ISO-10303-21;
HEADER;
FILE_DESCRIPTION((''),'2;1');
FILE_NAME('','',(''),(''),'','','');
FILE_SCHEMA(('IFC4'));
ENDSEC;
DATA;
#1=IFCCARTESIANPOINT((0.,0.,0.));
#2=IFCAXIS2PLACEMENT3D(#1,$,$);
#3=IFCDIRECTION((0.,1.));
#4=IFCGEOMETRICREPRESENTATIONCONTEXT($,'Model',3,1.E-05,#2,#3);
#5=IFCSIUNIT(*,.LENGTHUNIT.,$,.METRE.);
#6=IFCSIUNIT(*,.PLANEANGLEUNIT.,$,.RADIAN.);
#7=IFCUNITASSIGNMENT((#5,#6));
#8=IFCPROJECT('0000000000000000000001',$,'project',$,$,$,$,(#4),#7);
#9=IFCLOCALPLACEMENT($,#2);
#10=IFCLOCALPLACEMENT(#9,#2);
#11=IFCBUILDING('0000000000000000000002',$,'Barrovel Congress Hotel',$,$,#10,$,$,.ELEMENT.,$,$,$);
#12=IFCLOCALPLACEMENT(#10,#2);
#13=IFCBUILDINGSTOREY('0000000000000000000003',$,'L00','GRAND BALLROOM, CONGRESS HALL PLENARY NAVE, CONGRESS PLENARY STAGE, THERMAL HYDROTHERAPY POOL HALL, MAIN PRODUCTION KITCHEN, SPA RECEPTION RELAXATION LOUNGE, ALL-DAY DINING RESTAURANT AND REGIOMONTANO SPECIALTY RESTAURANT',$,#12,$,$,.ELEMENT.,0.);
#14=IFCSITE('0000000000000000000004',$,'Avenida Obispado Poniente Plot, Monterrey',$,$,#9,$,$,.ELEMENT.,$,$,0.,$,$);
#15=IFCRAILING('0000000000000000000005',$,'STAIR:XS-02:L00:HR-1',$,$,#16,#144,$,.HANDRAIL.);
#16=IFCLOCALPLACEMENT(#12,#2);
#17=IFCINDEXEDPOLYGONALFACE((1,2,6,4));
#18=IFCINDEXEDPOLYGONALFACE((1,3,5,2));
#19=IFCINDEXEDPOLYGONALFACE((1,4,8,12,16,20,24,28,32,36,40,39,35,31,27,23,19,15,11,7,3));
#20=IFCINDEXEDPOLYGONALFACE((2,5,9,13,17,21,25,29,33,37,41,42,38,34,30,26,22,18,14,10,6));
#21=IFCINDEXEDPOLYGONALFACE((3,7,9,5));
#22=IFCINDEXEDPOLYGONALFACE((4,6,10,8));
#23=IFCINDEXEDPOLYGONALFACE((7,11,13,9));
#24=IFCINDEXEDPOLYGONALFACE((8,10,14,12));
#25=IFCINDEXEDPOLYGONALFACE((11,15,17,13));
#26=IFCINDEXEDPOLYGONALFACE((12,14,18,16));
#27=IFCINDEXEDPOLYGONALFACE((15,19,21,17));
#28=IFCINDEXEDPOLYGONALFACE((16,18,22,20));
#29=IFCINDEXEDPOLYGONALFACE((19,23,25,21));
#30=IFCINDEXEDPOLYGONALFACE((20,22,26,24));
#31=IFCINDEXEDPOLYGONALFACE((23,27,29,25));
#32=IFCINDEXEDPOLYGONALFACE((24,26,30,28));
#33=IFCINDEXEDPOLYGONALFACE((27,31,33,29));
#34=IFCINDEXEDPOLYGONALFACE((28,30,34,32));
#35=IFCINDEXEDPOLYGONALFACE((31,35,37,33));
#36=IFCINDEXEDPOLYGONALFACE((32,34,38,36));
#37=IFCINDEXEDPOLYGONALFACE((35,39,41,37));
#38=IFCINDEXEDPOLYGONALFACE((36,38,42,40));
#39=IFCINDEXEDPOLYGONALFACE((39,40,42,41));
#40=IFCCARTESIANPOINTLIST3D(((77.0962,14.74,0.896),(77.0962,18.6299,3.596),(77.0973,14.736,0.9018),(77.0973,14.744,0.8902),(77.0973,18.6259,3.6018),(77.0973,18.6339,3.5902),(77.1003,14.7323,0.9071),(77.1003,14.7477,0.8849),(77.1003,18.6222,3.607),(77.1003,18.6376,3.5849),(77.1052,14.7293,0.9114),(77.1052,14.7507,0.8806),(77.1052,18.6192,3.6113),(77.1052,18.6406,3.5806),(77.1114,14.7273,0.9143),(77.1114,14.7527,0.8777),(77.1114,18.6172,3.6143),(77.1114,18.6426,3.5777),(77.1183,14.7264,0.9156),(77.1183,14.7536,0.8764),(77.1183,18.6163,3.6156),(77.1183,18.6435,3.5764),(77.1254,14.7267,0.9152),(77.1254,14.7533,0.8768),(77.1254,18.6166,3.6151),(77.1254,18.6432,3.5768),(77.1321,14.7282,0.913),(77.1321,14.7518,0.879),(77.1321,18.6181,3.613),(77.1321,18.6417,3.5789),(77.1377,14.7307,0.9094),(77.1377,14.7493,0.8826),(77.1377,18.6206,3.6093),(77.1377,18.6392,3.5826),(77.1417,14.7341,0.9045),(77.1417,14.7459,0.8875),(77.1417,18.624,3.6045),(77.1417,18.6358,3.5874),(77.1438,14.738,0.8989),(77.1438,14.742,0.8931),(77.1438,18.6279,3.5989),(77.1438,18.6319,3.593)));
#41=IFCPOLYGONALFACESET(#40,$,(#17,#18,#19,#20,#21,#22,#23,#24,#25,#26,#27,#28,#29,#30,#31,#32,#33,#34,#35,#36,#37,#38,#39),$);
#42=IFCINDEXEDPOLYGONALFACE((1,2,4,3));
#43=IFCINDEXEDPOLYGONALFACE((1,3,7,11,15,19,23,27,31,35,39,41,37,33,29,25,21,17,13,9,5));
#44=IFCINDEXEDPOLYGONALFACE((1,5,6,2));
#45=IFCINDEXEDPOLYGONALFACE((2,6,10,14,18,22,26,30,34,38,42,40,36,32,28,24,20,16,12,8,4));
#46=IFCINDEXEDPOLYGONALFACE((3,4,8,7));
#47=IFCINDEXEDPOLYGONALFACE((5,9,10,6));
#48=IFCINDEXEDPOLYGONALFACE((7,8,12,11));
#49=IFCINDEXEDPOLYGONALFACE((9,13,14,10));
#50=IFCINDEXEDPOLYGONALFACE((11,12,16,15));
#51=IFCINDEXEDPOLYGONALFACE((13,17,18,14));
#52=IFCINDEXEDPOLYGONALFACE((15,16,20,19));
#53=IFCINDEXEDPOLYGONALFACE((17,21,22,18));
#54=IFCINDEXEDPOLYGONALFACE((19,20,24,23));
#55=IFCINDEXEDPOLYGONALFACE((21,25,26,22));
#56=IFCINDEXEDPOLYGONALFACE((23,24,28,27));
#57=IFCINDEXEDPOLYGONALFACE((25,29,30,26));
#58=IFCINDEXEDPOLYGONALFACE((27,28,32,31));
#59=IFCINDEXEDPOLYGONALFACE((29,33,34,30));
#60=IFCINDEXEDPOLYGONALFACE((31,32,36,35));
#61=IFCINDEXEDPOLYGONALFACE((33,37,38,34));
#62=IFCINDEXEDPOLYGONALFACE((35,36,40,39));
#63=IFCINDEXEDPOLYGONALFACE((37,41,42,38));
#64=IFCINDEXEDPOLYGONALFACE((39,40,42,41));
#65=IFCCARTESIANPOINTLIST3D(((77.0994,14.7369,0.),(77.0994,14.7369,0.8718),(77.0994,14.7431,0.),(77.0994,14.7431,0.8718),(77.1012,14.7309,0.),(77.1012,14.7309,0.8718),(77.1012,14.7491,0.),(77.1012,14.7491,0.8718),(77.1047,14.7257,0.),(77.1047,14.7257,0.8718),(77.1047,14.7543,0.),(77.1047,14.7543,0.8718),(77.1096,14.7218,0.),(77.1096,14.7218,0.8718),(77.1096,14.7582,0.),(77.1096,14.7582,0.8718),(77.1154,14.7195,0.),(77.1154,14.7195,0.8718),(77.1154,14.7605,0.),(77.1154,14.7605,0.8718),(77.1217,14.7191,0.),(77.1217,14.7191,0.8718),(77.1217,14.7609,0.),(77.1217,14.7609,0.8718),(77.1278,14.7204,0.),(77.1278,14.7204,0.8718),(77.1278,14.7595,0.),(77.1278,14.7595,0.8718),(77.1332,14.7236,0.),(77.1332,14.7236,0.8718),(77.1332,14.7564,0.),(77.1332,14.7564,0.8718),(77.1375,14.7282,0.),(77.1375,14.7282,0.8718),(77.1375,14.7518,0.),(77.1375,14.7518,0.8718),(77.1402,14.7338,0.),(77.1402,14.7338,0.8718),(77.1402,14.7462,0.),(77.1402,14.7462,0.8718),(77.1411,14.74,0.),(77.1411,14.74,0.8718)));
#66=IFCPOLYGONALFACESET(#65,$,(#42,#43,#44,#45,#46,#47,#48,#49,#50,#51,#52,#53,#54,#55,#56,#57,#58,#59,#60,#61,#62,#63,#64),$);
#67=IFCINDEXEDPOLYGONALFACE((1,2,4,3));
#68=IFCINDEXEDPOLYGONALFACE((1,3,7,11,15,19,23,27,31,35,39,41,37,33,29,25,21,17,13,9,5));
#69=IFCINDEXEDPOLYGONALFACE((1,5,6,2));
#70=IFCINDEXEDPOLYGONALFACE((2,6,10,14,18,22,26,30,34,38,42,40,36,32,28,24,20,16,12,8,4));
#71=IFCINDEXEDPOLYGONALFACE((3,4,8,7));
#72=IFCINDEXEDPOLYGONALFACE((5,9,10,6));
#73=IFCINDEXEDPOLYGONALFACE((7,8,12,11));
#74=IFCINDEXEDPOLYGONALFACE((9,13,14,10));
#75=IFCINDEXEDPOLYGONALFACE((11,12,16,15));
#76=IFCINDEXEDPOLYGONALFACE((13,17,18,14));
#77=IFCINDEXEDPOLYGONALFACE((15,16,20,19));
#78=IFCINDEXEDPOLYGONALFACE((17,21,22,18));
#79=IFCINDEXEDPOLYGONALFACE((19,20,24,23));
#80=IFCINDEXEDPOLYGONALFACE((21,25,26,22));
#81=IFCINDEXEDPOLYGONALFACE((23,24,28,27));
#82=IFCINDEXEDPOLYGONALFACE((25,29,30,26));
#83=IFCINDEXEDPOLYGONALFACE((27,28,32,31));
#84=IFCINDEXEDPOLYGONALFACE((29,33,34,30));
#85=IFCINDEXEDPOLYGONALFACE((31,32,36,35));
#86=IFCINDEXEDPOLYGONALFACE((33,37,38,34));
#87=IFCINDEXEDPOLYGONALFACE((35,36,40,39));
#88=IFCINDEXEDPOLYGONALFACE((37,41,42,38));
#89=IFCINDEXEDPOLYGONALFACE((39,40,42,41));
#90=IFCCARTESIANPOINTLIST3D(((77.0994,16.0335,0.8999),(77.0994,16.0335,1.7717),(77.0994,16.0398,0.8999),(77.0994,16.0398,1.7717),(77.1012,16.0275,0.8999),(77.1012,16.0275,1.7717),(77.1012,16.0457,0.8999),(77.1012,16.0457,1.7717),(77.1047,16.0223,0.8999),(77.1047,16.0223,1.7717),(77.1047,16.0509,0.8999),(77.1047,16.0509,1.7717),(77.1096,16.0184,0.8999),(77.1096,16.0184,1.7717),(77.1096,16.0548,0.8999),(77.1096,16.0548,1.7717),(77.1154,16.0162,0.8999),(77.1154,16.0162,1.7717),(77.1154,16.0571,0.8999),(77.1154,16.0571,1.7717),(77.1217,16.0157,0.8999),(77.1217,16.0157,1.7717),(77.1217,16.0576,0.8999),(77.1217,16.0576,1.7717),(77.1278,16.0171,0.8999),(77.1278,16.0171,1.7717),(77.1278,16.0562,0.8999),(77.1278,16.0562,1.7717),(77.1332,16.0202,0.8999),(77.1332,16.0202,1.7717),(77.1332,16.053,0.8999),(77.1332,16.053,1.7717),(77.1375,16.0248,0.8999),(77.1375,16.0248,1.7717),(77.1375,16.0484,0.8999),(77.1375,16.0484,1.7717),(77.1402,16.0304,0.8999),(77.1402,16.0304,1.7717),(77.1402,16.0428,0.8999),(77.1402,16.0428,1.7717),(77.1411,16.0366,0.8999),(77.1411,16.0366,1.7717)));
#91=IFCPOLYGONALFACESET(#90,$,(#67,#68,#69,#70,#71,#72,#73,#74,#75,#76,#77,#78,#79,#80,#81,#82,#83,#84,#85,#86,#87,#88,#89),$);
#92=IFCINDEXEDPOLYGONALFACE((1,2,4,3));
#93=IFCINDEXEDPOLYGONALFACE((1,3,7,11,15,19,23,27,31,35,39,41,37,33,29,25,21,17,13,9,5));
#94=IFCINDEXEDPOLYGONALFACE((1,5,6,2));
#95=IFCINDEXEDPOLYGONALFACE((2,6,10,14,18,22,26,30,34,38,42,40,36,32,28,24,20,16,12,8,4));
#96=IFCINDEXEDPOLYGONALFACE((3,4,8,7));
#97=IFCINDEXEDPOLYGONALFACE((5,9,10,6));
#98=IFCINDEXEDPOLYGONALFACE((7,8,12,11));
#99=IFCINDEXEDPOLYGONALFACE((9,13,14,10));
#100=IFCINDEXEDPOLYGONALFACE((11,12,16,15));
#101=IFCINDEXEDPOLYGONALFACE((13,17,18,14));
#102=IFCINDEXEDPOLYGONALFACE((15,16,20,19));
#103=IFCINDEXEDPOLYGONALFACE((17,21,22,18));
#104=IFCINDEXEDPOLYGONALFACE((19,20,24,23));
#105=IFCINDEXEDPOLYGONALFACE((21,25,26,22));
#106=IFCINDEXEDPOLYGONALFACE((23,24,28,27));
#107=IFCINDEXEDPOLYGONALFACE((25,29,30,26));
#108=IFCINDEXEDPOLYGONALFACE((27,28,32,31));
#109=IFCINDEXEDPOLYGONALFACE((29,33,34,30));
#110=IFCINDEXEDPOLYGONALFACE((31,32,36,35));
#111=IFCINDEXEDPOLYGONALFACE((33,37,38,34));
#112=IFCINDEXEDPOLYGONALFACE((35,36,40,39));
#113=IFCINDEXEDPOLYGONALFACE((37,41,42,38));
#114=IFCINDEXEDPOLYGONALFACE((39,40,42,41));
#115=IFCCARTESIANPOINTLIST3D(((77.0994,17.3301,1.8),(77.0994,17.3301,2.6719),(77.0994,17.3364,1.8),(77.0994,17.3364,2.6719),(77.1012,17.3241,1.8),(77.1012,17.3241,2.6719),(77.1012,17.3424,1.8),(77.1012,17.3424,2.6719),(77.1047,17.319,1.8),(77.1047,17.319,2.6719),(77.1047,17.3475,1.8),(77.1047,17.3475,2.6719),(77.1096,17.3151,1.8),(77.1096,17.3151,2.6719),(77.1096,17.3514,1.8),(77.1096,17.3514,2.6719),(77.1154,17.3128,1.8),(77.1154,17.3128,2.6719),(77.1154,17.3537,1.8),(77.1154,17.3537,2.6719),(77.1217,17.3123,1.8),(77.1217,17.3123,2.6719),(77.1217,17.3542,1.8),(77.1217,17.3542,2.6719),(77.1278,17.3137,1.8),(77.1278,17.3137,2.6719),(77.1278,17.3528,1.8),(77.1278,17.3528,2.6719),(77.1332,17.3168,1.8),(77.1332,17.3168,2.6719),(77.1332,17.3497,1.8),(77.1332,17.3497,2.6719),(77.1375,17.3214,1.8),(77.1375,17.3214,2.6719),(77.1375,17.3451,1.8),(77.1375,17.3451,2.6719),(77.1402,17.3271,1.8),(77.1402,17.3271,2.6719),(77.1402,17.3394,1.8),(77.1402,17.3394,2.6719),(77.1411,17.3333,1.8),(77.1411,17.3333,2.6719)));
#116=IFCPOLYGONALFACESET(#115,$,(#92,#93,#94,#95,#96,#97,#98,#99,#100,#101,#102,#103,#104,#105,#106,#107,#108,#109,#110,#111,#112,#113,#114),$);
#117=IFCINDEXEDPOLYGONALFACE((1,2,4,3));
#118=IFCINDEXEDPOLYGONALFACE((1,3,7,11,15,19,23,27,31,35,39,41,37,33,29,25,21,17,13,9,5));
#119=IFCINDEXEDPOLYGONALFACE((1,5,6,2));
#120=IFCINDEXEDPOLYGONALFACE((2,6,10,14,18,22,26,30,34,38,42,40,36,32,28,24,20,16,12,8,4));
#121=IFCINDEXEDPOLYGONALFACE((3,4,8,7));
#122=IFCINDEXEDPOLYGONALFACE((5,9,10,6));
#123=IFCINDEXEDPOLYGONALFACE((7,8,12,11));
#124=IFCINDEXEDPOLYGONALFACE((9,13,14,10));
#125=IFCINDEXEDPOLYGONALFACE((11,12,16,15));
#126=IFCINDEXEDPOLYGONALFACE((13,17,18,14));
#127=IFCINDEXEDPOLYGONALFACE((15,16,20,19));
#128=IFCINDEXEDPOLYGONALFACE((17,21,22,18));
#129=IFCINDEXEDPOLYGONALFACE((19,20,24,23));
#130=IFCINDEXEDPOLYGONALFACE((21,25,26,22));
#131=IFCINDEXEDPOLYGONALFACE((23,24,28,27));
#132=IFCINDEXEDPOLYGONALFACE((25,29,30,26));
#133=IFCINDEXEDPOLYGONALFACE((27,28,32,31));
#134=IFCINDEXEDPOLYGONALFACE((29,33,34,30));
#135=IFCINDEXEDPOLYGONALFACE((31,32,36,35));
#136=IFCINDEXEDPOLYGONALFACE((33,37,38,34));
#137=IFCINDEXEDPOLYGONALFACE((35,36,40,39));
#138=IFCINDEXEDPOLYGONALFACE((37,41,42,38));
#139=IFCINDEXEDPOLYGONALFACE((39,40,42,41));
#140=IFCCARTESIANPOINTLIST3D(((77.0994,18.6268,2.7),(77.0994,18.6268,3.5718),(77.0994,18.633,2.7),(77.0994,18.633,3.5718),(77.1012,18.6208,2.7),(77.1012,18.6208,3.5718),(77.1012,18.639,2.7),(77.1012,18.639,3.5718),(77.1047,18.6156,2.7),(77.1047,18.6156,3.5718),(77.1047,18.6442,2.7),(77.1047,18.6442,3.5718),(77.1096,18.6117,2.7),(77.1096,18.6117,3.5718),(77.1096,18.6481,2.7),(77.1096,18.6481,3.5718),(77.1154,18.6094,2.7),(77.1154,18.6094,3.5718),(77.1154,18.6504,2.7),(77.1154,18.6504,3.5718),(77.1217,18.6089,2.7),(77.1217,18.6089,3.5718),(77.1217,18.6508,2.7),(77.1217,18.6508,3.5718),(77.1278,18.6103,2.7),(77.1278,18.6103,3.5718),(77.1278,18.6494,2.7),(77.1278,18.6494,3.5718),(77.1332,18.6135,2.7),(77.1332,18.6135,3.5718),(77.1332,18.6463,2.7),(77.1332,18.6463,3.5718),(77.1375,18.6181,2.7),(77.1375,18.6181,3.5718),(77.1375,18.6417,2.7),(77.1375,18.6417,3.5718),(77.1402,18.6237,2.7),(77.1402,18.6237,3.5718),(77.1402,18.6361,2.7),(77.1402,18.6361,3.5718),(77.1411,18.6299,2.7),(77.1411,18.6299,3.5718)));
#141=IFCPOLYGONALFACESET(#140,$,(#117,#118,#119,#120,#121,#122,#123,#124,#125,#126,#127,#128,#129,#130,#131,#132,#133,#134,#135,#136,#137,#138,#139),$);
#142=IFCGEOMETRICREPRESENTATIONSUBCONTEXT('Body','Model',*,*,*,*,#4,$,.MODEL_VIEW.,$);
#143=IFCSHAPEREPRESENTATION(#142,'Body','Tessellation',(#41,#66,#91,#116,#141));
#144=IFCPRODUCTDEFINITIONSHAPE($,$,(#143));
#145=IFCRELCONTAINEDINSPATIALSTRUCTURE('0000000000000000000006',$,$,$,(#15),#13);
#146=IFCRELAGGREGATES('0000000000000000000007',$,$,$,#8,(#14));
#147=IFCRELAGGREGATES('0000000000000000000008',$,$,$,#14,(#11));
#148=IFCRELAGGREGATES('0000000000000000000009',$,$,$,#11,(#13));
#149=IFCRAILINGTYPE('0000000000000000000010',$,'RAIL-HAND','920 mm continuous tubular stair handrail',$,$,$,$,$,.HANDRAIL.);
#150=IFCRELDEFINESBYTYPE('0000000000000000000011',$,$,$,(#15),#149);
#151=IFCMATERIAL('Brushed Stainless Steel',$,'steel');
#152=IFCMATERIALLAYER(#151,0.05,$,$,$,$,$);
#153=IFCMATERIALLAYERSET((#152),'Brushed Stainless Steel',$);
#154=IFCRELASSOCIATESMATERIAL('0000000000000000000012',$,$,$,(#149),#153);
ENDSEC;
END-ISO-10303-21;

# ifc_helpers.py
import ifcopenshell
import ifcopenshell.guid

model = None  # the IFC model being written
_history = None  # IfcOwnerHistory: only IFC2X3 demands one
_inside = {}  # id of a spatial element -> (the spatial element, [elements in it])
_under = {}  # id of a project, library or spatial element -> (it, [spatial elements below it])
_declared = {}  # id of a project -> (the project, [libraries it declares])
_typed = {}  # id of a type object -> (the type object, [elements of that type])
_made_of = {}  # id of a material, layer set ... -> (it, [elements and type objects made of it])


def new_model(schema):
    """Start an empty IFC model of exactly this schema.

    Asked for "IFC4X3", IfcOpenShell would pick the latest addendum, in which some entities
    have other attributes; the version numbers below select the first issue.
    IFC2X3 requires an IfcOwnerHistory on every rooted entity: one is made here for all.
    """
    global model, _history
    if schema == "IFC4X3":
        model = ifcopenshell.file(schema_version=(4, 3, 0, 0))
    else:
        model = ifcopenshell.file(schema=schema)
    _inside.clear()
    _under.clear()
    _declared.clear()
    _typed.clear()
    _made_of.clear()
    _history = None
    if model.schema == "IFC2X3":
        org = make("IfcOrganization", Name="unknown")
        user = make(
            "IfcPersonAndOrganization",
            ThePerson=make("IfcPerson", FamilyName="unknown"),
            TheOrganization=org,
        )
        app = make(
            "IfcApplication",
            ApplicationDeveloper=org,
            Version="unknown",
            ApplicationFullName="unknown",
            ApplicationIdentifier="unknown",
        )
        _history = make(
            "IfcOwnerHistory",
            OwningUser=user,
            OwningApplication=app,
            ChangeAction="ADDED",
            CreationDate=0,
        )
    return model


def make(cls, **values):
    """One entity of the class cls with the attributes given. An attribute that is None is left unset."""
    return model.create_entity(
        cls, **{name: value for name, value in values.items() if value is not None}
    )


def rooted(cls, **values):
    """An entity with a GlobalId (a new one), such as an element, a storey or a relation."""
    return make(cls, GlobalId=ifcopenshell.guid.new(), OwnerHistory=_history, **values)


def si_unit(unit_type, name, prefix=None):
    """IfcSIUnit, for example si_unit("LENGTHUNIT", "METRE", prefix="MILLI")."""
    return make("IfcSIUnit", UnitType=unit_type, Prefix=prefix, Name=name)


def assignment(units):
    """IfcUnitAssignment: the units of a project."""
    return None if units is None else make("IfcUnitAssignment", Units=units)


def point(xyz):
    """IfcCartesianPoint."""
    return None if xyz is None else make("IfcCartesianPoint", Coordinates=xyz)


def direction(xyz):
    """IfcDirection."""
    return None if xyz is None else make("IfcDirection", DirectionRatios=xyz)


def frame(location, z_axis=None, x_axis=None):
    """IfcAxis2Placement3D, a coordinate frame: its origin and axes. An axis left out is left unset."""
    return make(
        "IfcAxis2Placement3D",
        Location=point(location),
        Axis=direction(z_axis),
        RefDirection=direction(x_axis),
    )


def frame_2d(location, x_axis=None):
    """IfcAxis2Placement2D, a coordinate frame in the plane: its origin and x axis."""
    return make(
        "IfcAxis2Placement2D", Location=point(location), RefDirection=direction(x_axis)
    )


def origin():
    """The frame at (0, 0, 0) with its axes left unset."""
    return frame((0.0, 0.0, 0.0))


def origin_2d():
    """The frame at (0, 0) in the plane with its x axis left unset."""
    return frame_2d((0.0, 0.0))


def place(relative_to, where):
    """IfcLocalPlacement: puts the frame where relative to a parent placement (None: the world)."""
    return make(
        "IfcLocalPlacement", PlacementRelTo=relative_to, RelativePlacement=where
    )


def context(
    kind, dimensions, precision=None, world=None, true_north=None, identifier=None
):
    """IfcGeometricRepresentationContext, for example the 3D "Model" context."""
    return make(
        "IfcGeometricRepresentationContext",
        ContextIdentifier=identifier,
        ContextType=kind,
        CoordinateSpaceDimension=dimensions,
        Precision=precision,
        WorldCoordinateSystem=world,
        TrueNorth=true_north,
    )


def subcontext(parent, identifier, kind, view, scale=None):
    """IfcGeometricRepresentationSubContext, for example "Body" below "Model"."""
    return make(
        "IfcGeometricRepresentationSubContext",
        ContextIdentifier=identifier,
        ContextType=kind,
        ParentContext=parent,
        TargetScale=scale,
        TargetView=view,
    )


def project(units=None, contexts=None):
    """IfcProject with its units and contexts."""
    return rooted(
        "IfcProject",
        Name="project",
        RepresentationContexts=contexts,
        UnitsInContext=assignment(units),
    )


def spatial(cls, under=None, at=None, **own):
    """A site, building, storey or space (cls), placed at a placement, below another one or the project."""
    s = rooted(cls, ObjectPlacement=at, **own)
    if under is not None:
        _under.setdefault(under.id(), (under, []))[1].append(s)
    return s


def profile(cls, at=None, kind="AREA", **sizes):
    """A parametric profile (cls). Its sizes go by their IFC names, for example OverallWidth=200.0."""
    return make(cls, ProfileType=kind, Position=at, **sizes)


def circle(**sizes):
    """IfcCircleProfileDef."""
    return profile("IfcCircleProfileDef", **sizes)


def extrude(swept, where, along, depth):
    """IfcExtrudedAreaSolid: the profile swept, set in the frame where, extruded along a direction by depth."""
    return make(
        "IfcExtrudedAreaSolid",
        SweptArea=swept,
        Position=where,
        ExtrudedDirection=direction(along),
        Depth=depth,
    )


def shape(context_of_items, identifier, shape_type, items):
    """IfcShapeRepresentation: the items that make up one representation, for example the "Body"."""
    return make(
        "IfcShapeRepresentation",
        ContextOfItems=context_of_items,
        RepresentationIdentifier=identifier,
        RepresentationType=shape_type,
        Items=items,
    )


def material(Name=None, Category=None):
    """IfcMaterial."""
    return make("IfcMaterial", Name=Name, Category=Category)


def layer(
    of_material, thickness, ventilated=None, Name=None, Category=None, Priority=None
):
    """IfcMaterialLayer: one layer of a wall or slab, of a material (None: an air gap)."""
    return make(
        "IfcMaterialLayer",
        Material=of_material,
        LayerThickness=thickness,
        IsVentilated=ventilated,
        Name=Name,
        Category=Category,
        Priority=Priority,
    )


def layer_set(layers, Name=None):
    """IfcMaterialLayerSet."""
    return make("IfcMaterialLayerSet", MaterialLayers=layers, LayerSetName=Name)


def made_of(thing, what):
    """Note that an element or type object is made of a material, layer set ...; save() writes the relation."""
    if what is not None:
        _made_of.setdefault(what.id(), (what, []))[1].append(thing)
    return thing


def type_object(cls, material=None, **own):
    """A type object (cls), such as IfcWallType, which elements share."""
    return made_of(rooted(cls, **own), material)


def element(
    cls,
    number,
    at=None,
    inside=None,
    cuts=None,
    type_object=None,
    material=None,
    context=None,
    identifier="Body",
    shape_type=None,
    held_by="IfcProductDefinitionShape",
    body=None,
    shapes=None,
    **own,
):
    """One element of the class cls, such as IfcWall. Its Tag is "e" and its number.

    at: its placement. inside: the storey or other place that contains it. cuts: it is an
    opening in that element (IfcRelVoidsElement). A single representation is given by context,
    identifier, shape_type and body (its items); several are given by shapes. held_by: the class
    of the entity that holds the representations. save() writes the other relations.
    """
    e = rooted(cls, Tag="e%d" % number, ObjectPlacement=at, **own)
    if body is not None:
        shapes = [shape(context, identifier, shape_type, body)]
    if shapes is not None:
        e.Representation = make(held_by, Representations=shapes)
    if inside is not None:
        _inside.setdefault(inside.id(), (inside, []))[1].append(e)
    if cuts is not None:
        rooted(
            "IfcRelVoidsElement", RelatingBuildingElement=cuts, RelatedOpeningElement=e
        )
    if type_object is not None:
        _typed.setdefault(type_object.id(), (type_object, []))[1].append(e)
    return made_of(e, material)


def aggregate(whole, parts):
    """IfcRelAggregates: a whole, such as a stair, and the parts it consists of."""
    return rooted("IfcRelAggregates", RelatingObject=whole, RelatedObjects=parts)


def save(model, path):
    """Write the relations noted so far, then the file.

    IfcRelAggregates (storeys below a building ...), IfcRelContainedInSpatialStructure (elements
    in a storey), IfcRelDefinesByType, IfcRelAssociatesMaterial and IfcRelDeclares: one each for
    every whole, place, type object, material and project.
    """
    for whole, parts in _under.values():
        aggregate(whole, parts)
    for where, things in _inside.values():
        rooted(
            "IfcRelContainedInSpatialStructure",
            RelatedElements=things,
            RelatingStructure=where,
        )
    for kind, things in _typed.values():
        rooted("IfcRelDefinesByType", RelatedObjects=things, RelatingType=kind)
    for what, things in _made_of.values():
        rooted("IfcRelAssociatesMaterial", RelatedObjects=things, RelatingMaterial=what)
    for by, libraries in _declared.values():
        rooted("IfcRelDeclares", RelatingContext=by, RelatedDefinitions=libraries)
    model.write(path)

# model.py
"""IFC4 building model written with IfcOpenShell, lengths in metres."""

from ifc_helpers import new_model, si_unit, direction, frame, origin, origin_2d, place, context, subcontext, project, spatial, circle, extrude, material, layer, layer_set, type_object, element, save


model = new_model("IFC4")

# Units and contexts
model_context = context("Model", 3, precision=1e-05, world=origin(), true_north=direction((0.0, 1.0)))
body_context = subcontext(model_context, "Body", "Model", "MODEL_VIEW")
ifc_project = project(units=[si_unit("LENGTHUNIT", "METRE"), si_unit("PLANEANGLEUNIT", "RADIAN")], contexts=[model_context])

# Site, building, storey
site_placement = place(None, origin())
site = spatial("IfcSite", under=ifc_project, at=site_placement, Name="Avenida Obispado Poniente Plot, Monterrey", CompositionType="ELEMENT", RefElevation=0.0)
building_placement = place(site_placement, origin())
building = spatial("IfcBuilding", under=site, at=building_placement, Name="Barrovel Congress Hotel", CompositionType="ELEMENT")
storey_placement = place(building_placement, origin())
storey = spatial("IfcBuildingStorey", under=building, at=storey_placement, Name="L00", Description="GRAND BALLROOM, CONGRESS HALL PLENARY NAVE, CONGRESS PLENARY STAGE, THERMAL HYDROTHERAPY POOL HALL, MAIN PRODUCTION KITCHEN, SPA RECEPTION RELAXATION LOUNGE, ALL-DAY DINING RESTAURANT AND REGIOMONTANO SPECIALTY RESTAURANT", CompositionType="ELEMENT", Elevation=0.0)

# Railing
ifc_material_1 = material(Name="Brushed Stainless Steel", Category="steel")
ifc_layer_1 = layer(ifc_material_1, 0.05)
ifc_layer_set_1 = layer_set([ifc_layer_1], Name="Brushed Stainless Steel")
railing_type_1 = type_object("IfcRailingType", Name="RAIL-HAND", Description="920 mm continuous tubular stair handrail", PredefinedType="HANDRAIL", material=ifc_layer_set_1)
railing_1_placement = place(storey_placement, frame((77.1201, 14.74, 0.0)))
element("IfcRailing", 1, at=railing_1_placement, inside=storey, type_object=railing_type_1, Name="STAIR:XS-02:L00:HR-1", PredefinedType="HANDRAIL", context=body_context, shape_type="SweptSolid", body=[
    extrude(circle(Radius=0.0239, at=origin_2d()), frame((0.0, 0.0, 0.896), z_axis=(0.0, 0.821505, 0.570202), x_axis=(-1.0, 0.0, 0.0)), (0.0, 0.0, 1.0), 4.7351),
    extrude(circle(Radius=0.021, at=origin_2d()), origin(), (0.0, 0.0, 1.0), 0.8718),
    extrude(circle(Radius=0.021, at=origin_2d()), frame((0.0, 1.2966, 0.8999)), (0.0, 0.0, 1.0), 0.8718),
    extrude(circle(Radius=0.021, at=origin_2d()), frame((0.0, 2.5933, 1.8)), (0.0, 0.0, 1.0), 0.8718),
    extrude(circle(Radius=0.021, at=origin_2d()), frame((0.0, 3.8899, 2.7)), (0.0, 0.0, 1.0), 0.8718),
])

save(model, "model.ifc")
